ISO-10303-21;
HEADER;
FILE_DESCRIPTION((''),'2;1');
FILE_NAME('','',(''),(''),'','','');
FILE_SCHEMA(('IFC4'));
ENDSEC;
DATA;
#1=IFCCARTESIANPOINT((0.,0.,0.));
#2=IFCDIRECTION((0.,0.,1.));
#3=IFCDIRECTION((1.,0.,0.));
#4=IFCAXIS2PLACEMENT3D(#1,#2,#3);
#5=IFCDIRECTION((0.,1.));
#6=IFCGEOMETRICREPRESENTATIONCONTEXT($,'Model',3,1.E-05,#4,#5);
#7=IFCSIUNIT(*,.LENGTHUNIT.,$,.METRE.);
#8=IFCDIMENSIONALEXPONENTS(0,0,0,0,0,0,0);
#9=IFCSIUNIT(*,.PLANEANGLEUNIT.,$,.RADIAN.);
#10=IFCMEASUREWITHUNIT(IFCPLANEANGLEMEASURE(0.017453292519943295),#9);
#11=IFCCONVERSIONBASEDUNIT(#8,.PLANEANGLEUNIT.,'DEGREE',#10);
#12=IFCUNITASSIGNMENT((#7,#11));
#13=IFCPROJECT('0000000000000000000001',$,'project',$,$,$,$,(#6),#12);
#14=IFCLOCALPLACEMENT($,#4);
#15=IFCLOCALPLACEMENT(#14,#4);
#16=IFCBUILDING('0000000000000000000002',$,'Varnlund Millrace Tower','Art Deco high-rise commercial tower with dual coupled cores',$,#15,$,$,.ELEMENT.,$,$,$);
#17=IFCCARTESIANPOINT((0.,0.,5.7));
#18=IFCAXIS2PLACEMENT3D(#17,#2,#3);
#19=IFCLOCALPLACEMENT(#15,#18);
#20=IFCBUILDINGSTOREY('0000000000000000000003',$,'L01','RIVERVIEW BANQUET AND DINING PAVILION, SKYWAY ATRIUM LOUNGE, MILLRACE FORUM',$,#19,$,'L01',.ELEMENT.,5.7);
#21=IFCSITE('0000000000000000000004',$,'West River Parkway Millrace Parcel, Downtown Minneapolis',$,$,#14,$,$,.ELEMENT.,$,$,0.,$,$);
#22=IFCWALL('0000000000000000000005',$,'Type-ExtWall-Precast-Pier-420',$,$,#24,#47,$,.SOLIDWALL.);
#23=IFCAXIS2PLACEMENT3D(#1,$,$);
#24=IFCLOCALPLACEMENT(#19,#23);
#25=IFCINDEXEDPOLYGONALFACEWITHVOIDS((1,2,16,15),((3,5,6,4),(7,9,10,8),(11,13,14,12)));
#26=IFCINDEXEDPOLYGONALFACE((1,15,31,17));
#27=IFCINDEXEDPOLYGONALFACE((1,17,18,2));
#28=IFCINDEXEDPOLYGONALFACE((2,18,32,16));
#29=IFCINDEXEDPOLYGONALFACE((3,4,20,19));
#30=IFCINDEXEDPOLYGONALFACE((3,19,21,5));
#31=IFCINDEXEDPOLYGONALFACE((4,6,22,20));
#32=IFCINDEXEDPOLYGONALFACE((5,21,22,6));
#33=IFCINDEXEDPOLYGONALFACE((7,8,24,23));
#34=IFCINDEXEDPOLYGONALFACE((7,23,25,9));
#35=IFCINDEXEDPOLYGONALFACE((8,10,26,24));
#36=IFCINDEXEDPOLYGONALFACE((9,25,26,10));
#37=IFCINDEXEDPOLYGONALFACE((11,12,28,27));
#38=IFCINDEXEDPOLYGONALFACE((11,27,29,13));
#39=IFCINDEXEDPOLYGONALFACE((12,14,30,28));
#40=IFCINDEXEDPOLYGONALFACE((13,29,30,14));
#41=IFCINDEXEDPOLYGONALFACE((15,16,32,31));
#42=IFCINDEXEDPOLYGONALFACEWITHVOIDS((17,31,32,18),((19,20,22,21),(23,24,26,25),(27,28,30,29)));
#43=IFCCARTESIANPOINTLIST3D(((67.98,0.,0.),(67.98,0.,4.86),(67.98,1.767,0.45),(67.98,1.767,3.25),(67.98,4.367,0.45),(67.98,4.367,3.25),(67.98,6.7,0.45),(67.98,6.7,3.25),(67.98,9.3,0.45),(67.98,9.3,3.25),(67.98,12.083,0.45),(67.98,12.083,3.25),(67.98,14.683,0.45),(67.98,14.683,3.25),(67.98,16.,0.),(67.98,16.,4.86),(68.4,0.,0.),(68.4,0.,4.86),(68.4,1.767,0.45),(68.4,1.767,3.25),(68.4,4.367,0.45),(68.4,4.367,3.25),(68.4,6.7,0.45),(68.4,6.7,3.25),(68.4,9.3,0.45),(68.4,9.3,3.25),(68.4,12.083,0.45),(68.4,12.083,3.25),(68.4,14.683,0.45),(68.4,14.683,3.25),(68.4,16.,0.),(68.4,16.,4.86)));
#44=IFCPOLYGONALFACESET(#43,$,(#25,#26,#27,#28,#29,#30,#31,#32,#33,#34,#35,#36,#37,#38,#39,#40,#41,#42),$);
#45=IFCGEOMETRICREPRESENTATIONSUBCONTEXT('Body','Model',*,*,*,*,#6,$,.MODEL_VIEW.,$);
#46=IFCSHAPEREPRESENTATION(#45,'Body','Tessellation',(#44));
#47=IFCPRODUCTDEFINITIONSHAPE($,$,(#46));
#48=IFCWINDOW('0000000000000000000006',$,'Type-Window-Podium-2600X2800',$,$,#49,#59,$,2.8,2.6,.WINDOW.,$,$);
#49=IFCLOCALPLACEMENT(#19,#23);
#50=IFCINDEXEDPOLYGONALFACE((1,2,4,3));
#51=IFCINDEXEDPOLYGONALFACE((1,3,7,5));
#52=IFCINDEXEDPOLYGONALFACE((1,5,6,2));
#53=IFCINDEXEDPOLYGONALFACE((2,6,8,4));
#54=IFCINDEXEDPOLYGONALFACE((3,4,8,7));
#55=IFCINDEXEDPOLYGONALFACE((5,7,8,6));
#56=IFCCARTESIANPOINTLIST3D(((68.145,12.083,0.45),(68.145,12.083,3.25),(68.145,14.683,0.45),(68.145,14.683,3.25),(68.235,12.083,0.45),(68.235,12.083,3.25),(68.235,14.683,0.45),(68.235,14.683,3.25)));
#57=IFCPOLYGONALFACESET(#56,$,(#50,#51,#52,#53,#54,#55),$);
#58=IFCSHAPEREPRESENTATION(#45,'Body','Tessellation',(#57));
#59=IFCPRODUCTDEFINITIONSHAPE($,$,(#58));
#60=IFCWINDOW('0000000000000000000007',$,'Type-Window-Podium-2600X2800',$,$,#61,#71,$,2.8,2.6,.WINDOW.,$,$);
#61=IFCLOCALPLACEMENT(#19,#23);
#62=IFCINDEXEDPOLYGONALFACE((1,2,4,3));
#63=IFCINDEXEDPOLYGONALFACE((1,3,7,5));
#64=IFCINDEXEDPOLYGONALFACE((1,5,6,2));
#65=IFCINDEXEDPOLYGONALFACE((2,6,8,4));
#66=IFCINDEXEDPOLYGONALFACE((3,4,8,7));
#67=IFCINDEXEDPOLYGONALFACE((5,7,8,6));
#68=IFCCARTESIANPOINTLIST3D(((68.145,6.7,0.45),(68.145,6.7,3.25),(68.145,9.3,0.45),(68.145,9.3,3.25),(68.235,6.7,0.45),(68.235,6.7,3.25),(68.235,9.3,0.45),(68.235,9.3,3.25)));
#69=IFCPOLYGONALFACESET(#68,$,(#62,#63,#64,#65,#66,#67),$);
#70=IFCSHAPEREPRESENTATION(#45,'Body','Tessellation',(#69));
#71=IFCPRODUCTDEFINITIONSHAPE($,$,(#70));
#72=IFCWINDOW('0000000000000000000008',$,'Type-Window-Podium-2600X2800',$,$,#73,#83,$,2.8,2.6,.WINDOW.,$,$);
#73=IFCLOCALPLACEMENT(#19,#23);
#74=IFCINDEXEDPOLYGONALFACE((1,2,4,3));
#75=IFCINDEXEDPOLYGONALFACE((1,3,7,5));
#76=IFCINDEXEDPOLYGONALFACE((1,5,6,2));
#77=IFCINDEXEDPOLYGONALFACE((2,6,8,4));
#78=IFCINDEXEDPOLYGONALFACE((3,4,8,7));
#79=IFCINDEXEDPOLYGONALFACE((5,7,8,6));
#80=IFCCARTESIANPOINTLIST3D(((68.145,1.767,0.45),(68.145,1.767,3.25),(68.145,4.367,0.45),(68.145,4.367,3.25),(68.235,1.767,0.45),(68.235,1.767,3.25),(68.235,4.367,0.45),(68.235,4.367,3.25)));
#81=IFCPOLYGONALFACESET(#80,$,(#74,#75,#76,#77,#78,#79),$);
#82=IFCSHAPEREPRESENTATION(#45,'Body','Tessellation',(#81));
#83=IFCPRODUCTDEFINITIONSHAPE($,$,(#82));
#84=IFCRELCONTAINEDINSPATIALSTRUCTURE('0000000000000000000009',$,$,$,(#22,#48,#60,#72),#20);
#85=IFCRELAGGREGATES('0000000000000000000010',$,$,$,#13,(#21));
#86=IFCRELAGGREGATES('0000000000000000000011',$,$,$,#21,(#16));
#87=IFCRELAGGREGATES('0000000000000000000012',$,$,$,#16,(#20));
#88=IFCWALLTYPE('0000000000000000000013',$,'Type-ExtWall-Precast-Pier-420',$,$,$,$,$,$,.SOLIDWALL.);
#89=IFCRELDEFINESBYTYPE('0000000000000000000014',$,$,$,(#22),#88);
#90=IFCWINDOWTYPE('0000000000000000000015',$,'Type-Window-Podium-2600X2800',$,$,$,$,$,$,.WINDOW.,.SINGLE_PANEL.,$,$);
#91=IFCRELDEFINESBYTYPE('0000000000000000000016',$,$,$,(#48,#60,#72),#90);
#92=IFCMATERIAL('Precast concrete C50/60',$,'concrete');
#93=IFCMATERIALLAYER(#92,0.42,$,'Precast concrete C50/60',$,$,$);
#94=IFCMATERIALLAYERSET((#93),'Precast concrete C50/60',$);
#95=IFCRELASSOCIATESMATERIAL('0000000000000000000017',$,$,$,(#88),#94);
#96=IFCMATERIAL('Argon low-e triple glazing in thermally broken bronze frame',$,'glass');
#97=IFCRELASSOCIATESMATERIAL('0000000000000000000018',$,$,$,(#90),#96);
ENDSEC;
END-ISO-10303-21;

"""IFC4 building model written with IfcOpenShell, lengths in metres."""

from ifc_helpers import new_model, entity, si_unit, converted_unit, direction, frame, origin_with_axes, origin_2d_with_axis, place, context, subcontext, project, spatial, polyline, rectangle, outline, extrude, material, layer, layer_set, type_object, element, fill, save


model = new_model("IFC4")

# Units and contexts
model_context = context("Model", 3, precision=1e-05, world=origin_with_axes(), true_north=direction((0.0, 1.0)))
body_context = subcontext(model_context, "Body", "Model", "MODEL_VIEW")
ifc_project = project(units=[si_unit("LENGTHUNIT", "METRE"), converted_unit("PLANEANGLEUNIT", "DEGREE", entity("IfcPlaneAngleMeasure", 0.017453292519943295), si_unit("PLANEANGLEUNIT", "RADIAN"), dimensions=[0, 0, 0, 0, 0, 0, 0])], contexts=[model_context])

# Site, building, storey
site_placement = place(None, origin_with_axes())
site = spatial("IfcSite", under=ifc_project, at=site_placement, Name="West River Parkway Millrace Parcel, Downtown Minneapolis", CompositionType="ELEMENT", RefElevation=0.0)
building_placement = place(site_placement, origin_with_axes())
building = spatial("IfcBuilding", under=site, at=building_placement, Name="Varnlund Millrace Tower", Description="Art Deco high-rise commercial tower with dual coupled cores", CompositionType="ELEMENT")
storey_placement = place(building_placement, frame((0.0, 0.0, 5.7), z_axis=(0.0, 0.0, 1.0), x_axis=(1.0, 0.0, 0.0)))
storey = spatial("IfcBuildingStorey", under=building, at=storey_placement, Name="L01", Description="RIVERVIEW BANQUET AND DINING PAVILION, SKYWAY ATRIUM LOUNGE, MILLRACE FORUM", LongName="L01", CompositionType="ELEMENT", Elevation=5.7)

# Wall, openings, windows
ifc_material_1 = material(Name="Precast concrete C50/60", Category="concrete")
ifc_layer_1 = layer(ifc_material_1, 0.42, Name="Precast concrete C50/60")
ifc_layer_set_1 = layer_set([ifc_layer_1], Name="Precast concrete C50/60")
wall_type = type_object("IfcWallType", Name="Type-ExtWall-Precast-Pier-420", PredefinedType="SOLIDWALL", material=ifc_layer_set_1)
ifc_material_2 = material(Name="Argon low-e triple glazing in thermally broken bronze frame", Category="glass")
window_type = type_object("IfcWindowType", Name="Type-Window-Podium-2600X2800", PartitioningType="SINGLE_PANEL", PredefinedType="WINDOW", material=ifc_material_2)
wall_1_placement = place(storey_placement, frame((68.19, 16.0, 0.0), z_axis=(0.0, 0.0, 1.0), x_axis=(0.0, -1.0, 0.0)))
wall_1 = element("IfcWall", 1, at=wall_1_placement, inside=storey, type_object=wall_type, Name="Type-ExtWall-Precast-Pier-420", PredefinedType="SOLIDWALL", context=body_context, shape_type="SweptSolid", body=[
    extrude(outline(polyline([(0.0, -0.21), (16.0, -0.21), (16.0, 0.21), (0.0, 0.21), (0.0, -0.21)])), origin_with_axes(), (0.0, 0.0, 1.0), 4.86),
])
opening_1_placement = place(wall_1_placement, frame((2.617, 0.0, 0.45), z_axis=(0.0, 0.0, 1.0), x_axis=(1.0, 0.0, 0.0)))
opening_1 = element("IfcOpeningElement", 2, at=opening_1_placement, cuts=wall_1, PredefinedType="OPENING", context=body_context, shape_type="SweptSolid", body=[
    extrude(rectangle(XDim=2.6, YDim=0.44, at=origin_2d_with_axis()), origin_with_axes(), (0.0, 0.0, 1.0), 2.8),
])
opening_2_placement = place(wall_1_placement, frame((8.0, 0.0, 0.45), z_axis=(0.0, 0.0, 1.0), x_axis=(1.0, 0.0, 0.0)))
opening_2 = element("IfcOpeningElement", 3, at=opening_2_placement, cuts=wall_1, PredefinedType="OPENING", context=body_context, shape_type="SweptSolid", body=[
    extrude(rectangle(XDim=2.6, YDim=0.44, at=origin_2d_with_axis()), origin_with_axes(), (0.0, 0.0, 1.0), 2.8),
])
opening_3_placement = place(wall_1_placement, frame((12.933, 0.0, 0.45), z_axis=(0.0, 0.0, 1.0), x_axis=(1.0, 0.0, 0.0)))
opening_3 = element("IfcOpeningElement", 4, at=opening_3_placement, cuts=wall_1, PredefinedType="OPENING", context=body_context, shape_type="SweptSolid", body=[
    extrude(rectangle(XDim=2.6, YDim=0.44, at=origin_2d_with_axis()), origin_with_axes(), (0.0, 0.0, 1.0), 2.8),
])
window_1_placement = place(wall_1_placement, frame((2.617, 0.0, 0.45), z_axis=(0.0, 0.0, 1.0), x_axis=(1.0, 0.0, 0.0)))
window_1 = element("IfcWindow", 5, at=window_1_placement, inside=storey, type_object=window_type, Name="Type-Window-Podium-2600X2800", OverallHeight=2.8, OverallWidth=2.6, PredefinedType="WINDOW", context=body_context, shape_type="SweptSolid", body=[
    extrude(rectangle(XDim=2.6, YDim=0.09, at=origin_2d_with_axis()), origin_with_axes(), (0.0, 0.0, 1.0), 2.8),
])
fill(opening_1, window_1)
window_2_placement = place(wall_1_placement, frame((8.0, 0.0, 0.45), z_axis=(0.0, 0.0, 1.0), x_axis=(1.0, 0.0, 0.0)))
window_2 = element("IfcWindow", 6, at=window_2_placement, inside=storey, type_object=window_type, Name="Type-Window-Podium-2600X2800", OverallHeight=2.8, OverallWidth=2.6, PredefinedType="WINDOW", context=body_context, shape_type="SweptSolid", body=[
    extrude(rectangle(XDim=2.6, YDim=0.09, at=origin_2d_with_axis()), origin_with_axes(), (0.0, 0.0, 1.0), 2.8),
])
fill(opening_2, window_2)
window_3_placement = place(wall_1_placement, frame((12.933, 0.0, 0.45), z_axis=(0.0, 0.0, 1.0), x_axis=(1.0, 0.0, 0.0)))
window_3 = element("IfcWindow", 7, at=window_3_placement, inside=storey, type_object=window_type, Name="Type-Window-Podium-2600X2800", OverallHeight=2.8, OverallWidth=2.6, PredefinedType="WINDOW", context=body_context, shape_type="SweptSolid", body=[
    extrude(rectangle(XDim=2.6, YDim=0.09, at=origin_2d_with_axis()), origin_with_axes(), (0.0, 0.0, 1.0), 2.8),
])
fill(opening_3, window_3)

save(model, "model.ifc")
